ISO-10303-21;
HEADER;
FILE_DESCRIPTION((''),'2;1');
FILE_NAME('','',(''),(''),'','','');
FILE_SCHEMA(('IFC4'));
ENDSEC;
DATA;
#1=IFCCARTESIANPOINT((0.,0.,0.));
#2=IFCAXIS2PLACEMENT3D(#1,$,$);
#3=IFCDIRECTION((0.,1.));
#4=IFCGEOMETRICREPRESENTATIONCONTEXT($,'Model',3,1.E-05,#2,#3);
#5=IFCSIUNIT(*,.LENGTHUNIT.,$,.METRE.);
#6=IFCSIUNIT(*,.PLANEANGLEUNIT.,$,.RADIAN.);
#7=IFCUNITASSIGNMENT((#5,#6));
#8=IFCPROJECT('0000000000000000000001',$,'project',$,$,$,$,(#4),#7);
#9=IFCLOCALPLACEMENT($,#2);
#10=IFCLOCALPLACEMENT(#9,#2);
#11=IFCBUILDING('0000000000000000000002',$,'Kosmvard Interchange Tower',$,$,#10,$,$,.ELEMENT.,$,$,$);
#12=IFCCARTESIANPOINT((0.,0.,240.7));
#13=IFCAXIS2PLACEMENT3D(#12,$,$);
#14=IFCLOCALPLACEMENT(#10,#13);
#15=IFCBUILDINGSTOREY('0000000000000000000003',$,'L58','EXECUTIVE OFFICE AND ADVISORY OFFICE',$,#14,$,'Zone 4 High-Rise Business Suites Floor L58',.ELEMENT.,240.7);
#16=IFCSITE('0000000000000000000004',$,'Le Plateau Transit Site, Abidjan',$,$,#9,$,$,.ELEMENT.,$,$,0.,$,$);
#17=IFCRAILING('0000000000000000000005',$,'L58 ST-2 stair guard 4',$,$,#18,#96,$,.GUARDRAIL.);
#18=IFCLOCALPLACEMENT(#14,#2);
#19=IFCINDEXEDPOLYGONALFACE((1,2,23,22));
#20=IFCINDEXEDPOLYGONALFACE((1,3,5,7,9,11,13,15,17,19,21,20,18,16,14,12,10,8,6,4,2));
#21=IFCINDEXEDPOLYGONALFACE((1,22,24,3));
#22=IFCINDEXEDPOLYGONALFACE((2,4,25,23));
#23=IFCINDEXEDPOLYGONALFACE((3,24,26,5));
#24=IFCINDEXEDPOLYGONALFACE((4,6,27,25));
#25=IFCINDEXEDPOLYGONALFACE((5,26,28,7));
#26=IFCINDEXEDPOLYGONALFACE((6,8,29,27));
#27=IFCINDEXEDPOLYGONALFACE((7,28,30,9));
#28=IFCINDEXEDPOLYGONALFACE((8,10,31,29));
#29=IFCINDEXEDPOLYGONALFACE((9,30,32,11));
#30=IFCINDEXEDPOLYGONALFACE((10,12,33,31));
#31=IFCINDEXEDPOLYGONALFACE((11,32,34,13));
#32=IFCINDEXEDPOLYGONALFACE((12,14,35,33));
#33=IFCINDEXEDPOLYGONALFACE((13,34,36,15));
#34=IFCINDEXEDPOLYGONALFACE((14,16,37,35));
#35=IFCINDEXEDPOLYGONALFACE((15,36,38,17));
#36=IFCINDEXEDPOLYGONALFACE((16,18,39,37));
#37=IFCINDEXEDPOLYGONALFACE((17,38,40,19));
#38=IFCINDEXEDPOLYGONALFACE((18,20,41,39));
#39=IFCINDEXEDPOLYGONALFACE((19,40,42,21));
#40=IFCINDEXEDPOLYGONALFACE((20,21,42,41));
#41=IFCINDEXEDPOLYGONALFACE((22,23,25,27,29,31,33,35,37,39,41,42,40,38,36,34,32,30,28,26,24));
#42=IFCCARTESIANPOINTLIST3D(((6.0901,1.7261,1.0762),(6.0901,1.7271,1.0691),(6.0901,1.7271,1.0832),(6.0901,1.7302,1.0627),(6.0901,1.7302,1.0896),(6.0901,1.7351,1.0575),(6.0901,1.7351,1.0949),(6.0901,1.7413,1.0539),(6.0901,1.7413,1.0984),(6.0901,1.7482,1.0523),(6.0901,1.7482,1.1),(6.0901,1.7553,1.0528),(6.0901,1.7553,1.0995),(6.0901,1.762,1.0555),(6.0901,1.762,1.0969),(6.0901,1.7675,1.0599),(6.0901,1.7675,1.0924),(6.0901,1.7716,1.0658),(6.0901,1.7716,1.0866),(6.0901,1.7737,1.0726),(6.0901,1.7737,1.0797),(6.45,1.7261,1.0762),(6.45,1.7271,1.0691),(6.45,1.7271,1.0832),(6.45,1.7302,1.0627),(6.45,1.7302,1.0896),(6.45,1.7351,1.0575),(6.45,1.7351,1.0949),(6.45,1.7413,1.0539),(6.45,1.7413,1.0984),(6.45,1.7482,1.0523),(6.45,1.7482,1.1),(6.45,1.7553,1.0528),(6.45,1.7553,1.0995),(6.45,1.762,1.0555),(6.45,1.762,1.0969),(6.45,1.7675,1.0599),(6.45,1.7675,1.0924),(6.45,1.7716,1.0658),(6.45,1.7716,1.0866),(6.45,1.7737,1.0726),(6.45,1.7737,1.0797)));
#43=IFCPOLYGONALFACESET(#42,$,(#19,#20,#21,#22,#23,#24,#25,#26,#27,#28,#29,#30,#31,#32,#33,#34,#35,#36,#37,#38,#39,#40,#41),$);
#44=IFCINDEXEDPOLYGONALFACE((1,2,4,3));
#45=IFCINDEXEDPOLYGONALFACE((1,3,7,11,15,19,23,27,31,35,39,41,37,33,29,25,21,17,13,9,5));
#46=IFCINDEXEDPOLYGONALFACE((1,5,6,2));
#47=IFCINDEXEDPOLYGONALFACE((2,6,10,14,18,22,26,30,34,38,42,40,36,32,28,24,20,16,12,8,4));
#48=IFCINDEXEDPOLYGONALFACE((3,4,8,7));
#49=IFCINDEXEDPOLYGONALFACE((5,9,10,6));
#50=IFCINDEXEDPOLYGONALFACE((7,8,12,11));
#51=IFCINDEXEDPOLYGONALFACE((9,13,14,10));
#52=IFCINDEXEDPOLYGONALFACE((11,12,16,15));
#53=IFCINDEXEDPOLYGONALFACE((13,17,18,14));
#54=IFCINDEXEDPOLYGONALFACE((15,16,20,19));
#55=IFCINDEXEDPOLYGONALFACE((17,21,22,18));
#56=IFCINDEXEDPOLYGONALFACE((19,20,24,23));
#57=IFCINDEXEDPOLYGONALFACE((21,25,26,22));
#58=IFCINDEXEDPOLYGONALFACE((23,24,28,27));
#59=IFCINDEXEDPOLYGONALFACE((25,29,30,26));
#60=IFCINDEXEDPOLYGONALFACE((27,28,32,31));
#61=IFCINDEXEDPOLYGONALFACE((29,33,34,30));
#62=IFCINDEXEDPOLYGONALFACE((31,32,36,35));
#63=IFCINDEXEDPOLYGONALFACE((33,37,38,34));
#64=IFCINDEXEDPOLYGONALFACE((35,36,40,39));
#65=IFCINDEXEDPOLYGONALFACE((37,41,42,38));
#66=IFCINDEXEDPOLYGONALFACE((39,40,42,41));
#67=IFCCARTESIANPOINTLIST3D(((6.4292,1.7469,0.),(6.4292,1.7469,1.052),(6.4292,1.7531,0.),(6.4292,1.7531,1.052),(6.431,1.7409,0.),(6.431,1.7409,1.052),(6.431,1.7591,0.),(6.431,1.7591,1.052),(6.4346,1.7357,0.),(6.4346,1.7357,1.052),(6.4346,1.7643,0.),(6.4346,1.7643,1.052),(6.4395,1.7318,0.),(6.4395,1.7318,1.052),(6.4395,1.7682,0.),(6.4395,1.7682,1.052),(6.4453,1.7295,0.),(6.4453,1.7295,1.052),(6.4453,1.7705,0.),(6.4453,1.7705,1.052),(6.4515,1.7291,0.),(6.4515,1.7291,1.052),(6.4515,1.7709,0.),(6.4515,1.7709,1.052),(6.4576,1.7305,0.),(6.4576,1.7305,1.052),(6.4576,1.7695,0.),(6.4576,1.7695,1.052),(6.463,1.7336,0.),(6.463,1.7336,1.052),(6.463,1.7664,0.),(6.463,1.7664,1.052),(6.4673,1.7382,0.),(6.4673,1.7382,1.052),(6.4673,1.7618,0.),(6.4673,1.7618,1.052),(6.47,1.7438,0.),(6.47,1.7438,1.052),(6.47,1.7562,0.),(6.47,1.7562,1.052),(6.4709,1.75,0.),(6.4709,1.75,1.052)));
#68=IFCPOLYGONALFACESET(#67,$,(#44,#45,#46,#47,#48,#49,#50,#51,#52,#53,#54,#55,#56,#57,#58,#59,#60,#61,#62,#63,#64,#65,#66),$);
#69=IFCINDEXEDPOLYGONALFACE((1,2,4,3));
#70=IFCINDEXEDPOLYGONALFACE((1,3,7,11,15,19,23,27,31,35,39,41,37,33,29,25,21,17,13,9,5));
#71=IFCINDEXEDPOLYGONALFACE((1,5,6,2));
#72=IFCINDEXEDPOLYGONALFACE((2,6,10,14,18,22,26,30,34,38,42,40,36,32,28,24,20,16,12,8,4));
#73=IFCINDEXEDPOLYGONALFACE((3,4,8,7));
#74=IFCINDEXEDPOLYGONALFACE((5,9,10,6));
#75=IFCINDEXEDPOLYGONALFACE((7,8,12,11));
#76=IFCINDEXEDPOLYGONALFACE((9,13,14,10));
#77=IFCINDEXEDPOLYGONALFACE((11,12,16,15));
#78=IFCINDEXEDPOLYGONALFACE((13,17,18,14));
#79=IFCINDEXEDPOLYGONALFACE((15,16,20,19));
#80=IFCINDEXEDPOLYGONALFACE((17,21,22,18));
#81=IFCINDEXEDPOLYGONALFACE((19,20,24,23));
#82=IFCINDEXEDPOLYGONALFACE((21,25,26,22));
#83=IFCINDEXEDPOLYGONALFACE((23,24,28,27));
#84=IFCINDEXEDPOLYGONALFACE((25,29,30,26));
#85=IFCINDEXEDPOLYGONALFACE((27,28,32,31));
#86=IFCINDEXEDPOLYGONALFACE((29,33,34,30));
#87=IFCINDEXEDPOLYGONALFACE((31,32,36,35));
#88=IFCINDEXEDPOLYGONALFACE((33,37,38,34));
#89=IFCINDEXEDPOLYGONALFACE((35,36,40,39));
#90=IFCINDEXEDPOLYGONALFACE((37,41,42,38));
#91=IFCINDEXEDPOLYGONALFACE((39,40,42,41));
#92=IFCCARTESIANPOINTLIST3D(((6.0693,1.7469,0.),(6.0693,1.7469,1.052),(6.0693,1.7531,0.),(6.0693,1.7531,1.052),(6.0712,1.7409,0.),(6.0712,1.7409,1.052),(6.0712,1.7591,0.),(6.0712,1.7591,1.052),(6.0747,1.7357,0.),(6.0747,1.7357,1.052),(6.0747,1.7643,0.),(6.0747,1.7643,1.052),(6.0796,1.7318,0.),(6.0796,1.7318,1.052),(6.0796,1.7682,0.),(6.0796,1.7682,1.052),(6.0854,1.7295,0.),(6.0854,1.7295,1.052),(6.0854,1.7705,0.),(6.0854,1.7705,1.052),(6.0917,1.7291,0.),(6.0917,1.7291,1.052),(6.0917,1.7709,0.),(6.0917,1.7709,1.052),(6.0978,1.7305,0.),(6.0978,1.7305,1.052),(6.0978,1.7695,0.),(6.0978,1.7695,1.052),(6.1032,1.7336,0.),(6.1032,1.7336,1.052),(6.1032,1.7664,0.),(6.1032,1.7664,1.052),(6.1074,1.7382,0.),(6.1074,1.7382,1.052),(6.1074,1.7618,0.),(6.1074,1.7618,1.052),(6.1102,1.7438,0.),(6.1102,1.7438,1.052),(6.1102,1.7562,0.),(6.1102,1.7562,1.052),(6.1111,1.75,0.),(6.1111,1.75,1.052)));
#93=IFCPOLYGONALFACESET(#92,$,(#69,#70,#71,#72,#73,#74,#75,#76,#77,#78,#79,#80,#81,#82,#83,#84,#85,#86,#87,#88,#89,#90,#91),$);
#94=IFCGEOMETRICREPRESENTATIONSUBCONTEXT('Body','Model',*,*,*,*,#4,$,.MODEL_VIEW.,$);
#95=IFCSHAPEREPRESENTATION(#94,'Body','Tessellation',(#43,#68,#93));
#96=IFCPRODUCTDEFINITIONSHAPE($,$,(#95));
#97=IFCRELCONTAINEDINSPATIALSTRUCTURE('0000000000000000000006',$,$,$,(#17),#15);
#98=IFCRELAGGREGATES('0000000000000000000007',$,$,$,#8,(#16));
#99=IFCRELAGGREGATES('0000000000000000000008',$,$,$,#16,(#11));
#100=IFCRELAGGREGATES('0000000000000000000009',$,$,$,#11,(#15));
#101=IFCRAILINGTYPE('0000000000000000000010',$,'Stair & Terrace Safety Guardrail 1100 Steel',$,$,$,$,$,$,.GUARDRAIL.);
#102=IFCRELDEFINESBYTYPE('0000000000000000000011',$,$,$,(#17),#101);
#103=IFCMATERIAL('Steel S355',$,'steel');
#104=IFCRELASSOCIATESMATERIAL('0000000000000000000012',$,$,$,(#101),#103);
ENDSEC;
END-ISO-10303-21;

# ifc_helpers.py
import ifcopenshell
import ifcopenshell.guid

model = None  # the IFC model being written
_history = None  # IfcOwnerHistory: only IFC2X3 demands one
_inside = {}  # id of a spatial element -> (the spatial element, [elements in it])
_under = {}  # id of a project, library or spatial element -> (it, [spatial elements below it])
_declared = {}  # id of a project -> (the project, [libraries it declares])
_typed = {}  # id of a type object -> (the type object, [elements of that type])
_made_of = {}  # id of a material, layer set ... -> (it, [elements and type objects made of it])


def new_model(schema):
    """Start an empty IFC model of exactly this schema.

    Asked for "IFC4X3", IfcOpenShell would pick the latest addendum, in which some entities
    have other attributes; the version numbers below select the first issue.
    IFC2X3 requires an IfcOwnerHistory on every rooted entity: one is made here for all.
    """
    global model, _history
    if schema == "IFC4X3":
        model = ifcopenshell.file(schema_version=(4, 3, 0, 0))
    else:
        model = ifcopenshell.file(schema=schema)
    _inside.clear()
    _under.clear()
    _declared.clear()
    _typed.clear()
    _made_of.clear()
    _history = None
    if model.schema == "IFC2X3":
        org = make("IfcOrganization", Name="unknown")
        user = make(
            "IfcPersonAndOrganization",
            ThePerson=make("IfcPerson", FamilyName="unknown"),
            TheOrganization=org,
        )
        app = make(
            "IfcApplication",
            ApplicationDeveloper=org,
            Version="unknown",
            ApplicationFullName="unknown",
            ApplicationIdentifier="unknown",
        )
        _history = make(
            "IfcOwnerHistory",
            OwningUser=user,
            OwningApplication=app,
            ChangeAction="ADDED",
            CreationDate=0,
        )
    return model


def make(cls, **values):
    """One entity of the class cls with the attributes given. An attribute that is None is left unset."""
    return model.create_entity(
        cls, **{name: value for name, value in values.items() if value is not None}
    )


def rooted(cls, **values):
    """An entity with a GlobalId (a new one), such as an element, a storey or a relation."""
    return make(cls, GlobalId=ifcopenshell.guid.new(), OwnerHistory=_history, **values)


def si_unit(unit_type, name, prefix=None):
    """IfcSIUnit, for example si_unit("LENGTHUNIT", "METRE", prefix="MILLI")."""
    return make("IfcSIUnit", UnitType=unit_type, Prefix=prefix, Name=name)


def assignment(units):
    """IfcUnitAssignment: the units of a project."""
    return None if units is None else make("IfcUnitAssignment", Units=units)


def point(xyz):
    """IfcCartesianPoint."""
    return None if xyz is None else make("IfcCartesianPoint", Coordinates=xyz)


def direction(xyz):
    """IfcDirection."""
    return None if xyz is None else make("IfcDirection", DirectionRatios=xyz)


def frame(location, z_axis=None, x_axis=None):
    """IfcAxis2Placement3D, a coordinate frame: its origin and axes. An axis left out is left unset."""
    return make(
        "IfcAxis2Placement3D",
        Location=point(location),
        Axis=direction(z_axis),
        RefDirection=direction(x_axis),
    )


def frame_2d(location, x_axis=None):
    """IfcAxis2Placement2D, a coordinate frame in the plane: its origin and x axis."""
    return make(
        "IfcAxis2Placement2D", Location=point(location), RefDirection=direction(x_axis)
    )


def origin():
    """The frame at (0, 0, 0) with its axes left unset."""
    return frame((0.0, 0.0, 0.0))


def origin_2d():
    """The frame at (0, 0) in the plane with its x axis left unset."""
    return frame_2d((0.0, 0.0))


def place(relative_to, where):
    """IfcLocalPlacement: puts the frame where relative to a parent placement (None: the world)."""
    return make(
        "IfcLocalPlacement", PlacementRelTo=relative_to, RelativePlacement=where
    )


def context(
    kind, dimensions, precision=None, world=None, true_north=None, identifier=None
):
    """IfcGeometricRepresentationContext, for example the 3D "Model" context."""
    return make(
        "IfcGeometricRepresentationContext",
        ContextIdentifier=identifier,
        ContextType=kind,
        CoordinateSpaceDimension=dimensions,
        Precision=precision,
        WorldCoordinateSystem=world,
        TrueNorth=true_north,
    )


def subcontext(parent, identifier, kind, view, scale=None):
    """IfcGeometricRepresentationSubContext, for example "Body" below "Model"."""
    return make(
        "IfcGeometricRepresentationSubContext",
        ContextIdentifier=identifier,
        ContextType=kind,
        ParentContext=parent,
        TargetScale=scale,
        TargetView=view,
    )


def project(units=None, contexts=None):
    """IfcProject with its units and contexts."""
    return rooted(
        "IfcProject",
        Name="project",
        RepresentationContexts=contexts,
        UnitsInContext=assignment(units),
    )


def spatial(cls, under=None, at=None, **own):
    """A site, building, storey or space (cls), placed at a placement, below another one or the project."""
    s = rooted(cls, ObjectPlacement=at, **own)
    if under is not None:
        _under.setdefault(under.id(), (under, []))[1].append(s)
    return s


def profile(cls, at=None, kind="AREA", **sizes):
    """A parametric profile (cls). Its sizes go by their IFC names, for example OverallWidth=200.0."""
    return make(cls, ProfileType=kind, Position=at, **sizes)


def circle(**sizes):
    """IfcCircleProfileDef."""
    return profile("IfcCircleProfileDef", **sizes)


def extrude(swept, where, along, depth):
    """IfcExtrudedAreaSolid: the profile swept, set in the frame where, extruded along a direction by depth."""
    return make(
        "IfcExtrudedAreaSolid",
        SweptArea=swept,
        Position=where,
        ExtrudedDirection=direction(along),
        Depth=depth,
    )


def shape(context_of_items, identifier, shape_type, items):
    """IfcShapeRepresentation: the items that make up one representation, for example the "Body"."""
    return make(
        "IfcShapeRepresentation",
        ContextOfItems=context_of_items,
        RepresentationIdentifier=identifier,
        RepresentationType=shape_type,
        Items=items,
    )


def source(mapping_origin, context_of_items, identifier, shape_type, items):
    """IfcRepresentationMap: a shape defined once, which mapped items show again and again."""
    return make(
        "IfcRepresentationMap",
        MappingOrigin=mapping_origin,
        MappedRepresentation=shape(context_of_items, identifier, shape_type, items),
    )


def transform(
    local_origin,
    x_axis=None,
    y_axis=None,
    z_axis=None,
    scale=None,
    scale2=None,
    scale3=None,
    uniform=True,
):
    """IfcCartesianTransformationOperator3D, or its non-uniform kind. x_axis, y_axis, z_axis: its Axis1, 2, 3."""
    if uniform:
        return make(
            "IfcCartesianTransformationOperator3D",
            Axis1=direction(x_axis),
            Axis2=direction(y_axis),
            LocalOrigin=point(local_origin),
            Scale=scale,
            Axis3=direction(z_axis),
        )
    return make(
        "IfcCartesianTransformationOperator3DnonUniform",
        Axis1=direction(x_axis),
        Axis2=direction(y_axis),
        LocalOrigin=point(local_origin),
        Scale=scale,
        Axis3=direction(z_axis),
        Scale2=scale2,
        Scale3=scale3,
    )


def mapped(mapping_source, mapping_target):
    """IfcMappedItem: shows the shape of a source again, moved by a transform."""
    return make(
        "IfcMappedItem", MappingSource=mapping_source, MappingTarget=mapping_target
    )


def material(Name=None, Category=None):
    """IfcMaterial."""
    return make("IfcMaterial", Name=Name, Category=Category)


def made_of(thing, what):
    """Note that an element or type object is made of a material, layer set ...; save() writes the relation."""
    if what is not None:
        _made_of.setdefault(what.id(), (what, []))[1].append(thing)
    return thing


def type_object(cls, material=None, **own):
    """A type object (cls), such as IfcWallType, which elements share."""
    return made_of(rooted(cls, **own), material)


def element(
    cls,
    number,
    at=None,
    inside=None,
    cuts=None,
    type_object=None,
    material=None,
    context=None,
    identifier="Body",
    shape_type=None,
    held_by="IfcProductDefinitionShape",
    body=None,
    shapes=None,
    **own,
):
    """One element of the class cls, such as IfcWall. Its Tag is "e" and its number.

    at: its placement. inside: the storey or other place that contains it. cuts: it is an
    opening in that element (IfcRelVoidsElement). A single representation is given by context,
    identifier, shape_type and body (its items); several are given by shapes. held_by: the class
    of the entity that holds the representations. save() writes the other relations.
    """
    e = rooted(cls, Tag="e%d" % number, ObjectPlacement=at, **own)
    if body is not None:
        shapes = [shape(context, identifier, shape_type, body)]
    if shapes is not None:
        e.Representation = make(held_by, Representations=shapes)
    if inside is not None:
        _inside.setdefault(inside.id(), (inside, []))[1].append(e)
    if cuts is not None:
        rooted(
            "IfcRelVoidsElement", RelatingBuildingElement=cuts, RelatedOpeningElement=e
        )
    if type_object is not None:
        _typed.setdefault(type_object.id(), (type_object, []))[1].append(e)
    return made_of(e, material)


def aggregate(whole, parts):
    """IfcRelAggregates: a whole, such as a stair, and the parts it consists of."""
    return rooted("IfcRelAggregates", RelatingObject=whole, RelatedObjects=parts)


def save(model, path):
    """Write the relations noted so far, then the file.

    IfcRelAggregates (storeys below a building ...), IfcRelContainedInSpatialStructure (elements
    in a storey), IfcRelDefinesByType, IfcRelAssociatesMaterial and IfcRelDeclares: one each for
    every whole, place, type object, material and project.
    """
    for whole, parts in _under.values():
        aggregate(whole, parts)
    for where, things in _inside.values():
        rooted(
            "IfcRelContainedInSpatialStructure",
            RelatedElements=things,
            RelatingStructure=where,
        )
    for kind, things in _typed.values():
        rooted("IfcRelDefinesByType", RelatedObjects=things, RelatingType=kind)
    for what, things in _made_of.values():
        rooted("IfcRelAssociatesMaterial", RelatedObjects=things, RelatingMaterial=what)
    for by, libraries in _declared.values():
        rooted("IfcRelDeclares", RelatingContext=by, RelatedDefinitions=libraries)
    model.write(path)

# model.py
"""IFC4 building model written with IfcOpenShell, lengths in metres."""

from ifc_helpers import new_model, si_unit, direction, frame, origin, origin_2d, place, context, subcontext, project, spatial, circle, extrude, source, transform, mapped, material, type_object, element, save


model = new_model("IFC4")

# Units and contexts
model_context = context("Model", 3, precision=1e-05, world=origin(), true_north=direction((0.0, 1.0)))
body_context = subcontext(model_context, "Body", "Model", "MODEL_VIEW")
ifc_project = project(units=[si_unit("LENGTHUNIT", "METRE"), si_unit("PLANEANGLEUNIT", "RADIAN")], contexts=[model_context])

# Site, building, storey
site_placement = place(None, origin())
site = spatial("IfcSite", under=ifc_project, at=site_placement, Name="Le Plateau Transit Site, Abidjan", CompositionType="ELEMENT", RefElevation=0.0)
building_placement = place(site_placement, origin())
building = spatial("IfcBuilding", under=site, at=building_placement, Name="Kosmvard Interchange Tower", CompositionType="ELEMENT")
storey_placement = place(building_placement, frame((0.0, 0.0, 240.7)))
storey = spatial("IfcBuildingStorey", under=building, at=storey_placement, Name="L58", Description="EXECUTIVE OFFICE AND ADVISORY OFFICE", LongName="Zone 4 High-Rise Business Suites Floor L58", CompositionType="ELEMENT", Elevation=240.7)

# Shared definitions
ifc_material_1 = material(Name="Steel S355", Category="steel")

# Railing
railing_type = type_object("IfcRailingType", Name="Stair & Terrace Safety Guardrail 1100 Steel", PredefinedType="GUARDRAIL", material=ifc_material_1)
shared_shape_1 = source(origin(), body_context, "Body", "SweptSolid", [
    extrude(circle(Radius=0.0239, at=origin_2d()), frame((0.0, 0.0, 1.0762), z_axis=(-1.0, 0.0, 0.0), x_axis=(0.0, -1.0, 0.0)), (0.0, 0.0, 1.0), 0.3599),
    extrude(circle(Radius=0.021, at=origin_2d()), origin(), (0.0, 0.0, 1.0), 1.052),
    extrude(circle(Radius=0.021, at=origin_2d()), frame((-0.3599, 0.0, 0.0)), (0.0, 0.0, 1.0), 1.052),
])
railing_1_placement = place(storey_placement, frame((6.45, 1.75, 0.0)))
element("IfcRailing", 1, at=railing_1_placement, inside=storey, type_object=railing_type, Name="L58 ST-2 stair guard 4", PredefinedType="GUARDRAIL", context=body_context, shape_type="MappedRepresentation", body=[
    mapped(shared_shape_1, transform((0.0, 0.0, 0.0), scale=1.0)),
])

save(model, "model.ifc")
